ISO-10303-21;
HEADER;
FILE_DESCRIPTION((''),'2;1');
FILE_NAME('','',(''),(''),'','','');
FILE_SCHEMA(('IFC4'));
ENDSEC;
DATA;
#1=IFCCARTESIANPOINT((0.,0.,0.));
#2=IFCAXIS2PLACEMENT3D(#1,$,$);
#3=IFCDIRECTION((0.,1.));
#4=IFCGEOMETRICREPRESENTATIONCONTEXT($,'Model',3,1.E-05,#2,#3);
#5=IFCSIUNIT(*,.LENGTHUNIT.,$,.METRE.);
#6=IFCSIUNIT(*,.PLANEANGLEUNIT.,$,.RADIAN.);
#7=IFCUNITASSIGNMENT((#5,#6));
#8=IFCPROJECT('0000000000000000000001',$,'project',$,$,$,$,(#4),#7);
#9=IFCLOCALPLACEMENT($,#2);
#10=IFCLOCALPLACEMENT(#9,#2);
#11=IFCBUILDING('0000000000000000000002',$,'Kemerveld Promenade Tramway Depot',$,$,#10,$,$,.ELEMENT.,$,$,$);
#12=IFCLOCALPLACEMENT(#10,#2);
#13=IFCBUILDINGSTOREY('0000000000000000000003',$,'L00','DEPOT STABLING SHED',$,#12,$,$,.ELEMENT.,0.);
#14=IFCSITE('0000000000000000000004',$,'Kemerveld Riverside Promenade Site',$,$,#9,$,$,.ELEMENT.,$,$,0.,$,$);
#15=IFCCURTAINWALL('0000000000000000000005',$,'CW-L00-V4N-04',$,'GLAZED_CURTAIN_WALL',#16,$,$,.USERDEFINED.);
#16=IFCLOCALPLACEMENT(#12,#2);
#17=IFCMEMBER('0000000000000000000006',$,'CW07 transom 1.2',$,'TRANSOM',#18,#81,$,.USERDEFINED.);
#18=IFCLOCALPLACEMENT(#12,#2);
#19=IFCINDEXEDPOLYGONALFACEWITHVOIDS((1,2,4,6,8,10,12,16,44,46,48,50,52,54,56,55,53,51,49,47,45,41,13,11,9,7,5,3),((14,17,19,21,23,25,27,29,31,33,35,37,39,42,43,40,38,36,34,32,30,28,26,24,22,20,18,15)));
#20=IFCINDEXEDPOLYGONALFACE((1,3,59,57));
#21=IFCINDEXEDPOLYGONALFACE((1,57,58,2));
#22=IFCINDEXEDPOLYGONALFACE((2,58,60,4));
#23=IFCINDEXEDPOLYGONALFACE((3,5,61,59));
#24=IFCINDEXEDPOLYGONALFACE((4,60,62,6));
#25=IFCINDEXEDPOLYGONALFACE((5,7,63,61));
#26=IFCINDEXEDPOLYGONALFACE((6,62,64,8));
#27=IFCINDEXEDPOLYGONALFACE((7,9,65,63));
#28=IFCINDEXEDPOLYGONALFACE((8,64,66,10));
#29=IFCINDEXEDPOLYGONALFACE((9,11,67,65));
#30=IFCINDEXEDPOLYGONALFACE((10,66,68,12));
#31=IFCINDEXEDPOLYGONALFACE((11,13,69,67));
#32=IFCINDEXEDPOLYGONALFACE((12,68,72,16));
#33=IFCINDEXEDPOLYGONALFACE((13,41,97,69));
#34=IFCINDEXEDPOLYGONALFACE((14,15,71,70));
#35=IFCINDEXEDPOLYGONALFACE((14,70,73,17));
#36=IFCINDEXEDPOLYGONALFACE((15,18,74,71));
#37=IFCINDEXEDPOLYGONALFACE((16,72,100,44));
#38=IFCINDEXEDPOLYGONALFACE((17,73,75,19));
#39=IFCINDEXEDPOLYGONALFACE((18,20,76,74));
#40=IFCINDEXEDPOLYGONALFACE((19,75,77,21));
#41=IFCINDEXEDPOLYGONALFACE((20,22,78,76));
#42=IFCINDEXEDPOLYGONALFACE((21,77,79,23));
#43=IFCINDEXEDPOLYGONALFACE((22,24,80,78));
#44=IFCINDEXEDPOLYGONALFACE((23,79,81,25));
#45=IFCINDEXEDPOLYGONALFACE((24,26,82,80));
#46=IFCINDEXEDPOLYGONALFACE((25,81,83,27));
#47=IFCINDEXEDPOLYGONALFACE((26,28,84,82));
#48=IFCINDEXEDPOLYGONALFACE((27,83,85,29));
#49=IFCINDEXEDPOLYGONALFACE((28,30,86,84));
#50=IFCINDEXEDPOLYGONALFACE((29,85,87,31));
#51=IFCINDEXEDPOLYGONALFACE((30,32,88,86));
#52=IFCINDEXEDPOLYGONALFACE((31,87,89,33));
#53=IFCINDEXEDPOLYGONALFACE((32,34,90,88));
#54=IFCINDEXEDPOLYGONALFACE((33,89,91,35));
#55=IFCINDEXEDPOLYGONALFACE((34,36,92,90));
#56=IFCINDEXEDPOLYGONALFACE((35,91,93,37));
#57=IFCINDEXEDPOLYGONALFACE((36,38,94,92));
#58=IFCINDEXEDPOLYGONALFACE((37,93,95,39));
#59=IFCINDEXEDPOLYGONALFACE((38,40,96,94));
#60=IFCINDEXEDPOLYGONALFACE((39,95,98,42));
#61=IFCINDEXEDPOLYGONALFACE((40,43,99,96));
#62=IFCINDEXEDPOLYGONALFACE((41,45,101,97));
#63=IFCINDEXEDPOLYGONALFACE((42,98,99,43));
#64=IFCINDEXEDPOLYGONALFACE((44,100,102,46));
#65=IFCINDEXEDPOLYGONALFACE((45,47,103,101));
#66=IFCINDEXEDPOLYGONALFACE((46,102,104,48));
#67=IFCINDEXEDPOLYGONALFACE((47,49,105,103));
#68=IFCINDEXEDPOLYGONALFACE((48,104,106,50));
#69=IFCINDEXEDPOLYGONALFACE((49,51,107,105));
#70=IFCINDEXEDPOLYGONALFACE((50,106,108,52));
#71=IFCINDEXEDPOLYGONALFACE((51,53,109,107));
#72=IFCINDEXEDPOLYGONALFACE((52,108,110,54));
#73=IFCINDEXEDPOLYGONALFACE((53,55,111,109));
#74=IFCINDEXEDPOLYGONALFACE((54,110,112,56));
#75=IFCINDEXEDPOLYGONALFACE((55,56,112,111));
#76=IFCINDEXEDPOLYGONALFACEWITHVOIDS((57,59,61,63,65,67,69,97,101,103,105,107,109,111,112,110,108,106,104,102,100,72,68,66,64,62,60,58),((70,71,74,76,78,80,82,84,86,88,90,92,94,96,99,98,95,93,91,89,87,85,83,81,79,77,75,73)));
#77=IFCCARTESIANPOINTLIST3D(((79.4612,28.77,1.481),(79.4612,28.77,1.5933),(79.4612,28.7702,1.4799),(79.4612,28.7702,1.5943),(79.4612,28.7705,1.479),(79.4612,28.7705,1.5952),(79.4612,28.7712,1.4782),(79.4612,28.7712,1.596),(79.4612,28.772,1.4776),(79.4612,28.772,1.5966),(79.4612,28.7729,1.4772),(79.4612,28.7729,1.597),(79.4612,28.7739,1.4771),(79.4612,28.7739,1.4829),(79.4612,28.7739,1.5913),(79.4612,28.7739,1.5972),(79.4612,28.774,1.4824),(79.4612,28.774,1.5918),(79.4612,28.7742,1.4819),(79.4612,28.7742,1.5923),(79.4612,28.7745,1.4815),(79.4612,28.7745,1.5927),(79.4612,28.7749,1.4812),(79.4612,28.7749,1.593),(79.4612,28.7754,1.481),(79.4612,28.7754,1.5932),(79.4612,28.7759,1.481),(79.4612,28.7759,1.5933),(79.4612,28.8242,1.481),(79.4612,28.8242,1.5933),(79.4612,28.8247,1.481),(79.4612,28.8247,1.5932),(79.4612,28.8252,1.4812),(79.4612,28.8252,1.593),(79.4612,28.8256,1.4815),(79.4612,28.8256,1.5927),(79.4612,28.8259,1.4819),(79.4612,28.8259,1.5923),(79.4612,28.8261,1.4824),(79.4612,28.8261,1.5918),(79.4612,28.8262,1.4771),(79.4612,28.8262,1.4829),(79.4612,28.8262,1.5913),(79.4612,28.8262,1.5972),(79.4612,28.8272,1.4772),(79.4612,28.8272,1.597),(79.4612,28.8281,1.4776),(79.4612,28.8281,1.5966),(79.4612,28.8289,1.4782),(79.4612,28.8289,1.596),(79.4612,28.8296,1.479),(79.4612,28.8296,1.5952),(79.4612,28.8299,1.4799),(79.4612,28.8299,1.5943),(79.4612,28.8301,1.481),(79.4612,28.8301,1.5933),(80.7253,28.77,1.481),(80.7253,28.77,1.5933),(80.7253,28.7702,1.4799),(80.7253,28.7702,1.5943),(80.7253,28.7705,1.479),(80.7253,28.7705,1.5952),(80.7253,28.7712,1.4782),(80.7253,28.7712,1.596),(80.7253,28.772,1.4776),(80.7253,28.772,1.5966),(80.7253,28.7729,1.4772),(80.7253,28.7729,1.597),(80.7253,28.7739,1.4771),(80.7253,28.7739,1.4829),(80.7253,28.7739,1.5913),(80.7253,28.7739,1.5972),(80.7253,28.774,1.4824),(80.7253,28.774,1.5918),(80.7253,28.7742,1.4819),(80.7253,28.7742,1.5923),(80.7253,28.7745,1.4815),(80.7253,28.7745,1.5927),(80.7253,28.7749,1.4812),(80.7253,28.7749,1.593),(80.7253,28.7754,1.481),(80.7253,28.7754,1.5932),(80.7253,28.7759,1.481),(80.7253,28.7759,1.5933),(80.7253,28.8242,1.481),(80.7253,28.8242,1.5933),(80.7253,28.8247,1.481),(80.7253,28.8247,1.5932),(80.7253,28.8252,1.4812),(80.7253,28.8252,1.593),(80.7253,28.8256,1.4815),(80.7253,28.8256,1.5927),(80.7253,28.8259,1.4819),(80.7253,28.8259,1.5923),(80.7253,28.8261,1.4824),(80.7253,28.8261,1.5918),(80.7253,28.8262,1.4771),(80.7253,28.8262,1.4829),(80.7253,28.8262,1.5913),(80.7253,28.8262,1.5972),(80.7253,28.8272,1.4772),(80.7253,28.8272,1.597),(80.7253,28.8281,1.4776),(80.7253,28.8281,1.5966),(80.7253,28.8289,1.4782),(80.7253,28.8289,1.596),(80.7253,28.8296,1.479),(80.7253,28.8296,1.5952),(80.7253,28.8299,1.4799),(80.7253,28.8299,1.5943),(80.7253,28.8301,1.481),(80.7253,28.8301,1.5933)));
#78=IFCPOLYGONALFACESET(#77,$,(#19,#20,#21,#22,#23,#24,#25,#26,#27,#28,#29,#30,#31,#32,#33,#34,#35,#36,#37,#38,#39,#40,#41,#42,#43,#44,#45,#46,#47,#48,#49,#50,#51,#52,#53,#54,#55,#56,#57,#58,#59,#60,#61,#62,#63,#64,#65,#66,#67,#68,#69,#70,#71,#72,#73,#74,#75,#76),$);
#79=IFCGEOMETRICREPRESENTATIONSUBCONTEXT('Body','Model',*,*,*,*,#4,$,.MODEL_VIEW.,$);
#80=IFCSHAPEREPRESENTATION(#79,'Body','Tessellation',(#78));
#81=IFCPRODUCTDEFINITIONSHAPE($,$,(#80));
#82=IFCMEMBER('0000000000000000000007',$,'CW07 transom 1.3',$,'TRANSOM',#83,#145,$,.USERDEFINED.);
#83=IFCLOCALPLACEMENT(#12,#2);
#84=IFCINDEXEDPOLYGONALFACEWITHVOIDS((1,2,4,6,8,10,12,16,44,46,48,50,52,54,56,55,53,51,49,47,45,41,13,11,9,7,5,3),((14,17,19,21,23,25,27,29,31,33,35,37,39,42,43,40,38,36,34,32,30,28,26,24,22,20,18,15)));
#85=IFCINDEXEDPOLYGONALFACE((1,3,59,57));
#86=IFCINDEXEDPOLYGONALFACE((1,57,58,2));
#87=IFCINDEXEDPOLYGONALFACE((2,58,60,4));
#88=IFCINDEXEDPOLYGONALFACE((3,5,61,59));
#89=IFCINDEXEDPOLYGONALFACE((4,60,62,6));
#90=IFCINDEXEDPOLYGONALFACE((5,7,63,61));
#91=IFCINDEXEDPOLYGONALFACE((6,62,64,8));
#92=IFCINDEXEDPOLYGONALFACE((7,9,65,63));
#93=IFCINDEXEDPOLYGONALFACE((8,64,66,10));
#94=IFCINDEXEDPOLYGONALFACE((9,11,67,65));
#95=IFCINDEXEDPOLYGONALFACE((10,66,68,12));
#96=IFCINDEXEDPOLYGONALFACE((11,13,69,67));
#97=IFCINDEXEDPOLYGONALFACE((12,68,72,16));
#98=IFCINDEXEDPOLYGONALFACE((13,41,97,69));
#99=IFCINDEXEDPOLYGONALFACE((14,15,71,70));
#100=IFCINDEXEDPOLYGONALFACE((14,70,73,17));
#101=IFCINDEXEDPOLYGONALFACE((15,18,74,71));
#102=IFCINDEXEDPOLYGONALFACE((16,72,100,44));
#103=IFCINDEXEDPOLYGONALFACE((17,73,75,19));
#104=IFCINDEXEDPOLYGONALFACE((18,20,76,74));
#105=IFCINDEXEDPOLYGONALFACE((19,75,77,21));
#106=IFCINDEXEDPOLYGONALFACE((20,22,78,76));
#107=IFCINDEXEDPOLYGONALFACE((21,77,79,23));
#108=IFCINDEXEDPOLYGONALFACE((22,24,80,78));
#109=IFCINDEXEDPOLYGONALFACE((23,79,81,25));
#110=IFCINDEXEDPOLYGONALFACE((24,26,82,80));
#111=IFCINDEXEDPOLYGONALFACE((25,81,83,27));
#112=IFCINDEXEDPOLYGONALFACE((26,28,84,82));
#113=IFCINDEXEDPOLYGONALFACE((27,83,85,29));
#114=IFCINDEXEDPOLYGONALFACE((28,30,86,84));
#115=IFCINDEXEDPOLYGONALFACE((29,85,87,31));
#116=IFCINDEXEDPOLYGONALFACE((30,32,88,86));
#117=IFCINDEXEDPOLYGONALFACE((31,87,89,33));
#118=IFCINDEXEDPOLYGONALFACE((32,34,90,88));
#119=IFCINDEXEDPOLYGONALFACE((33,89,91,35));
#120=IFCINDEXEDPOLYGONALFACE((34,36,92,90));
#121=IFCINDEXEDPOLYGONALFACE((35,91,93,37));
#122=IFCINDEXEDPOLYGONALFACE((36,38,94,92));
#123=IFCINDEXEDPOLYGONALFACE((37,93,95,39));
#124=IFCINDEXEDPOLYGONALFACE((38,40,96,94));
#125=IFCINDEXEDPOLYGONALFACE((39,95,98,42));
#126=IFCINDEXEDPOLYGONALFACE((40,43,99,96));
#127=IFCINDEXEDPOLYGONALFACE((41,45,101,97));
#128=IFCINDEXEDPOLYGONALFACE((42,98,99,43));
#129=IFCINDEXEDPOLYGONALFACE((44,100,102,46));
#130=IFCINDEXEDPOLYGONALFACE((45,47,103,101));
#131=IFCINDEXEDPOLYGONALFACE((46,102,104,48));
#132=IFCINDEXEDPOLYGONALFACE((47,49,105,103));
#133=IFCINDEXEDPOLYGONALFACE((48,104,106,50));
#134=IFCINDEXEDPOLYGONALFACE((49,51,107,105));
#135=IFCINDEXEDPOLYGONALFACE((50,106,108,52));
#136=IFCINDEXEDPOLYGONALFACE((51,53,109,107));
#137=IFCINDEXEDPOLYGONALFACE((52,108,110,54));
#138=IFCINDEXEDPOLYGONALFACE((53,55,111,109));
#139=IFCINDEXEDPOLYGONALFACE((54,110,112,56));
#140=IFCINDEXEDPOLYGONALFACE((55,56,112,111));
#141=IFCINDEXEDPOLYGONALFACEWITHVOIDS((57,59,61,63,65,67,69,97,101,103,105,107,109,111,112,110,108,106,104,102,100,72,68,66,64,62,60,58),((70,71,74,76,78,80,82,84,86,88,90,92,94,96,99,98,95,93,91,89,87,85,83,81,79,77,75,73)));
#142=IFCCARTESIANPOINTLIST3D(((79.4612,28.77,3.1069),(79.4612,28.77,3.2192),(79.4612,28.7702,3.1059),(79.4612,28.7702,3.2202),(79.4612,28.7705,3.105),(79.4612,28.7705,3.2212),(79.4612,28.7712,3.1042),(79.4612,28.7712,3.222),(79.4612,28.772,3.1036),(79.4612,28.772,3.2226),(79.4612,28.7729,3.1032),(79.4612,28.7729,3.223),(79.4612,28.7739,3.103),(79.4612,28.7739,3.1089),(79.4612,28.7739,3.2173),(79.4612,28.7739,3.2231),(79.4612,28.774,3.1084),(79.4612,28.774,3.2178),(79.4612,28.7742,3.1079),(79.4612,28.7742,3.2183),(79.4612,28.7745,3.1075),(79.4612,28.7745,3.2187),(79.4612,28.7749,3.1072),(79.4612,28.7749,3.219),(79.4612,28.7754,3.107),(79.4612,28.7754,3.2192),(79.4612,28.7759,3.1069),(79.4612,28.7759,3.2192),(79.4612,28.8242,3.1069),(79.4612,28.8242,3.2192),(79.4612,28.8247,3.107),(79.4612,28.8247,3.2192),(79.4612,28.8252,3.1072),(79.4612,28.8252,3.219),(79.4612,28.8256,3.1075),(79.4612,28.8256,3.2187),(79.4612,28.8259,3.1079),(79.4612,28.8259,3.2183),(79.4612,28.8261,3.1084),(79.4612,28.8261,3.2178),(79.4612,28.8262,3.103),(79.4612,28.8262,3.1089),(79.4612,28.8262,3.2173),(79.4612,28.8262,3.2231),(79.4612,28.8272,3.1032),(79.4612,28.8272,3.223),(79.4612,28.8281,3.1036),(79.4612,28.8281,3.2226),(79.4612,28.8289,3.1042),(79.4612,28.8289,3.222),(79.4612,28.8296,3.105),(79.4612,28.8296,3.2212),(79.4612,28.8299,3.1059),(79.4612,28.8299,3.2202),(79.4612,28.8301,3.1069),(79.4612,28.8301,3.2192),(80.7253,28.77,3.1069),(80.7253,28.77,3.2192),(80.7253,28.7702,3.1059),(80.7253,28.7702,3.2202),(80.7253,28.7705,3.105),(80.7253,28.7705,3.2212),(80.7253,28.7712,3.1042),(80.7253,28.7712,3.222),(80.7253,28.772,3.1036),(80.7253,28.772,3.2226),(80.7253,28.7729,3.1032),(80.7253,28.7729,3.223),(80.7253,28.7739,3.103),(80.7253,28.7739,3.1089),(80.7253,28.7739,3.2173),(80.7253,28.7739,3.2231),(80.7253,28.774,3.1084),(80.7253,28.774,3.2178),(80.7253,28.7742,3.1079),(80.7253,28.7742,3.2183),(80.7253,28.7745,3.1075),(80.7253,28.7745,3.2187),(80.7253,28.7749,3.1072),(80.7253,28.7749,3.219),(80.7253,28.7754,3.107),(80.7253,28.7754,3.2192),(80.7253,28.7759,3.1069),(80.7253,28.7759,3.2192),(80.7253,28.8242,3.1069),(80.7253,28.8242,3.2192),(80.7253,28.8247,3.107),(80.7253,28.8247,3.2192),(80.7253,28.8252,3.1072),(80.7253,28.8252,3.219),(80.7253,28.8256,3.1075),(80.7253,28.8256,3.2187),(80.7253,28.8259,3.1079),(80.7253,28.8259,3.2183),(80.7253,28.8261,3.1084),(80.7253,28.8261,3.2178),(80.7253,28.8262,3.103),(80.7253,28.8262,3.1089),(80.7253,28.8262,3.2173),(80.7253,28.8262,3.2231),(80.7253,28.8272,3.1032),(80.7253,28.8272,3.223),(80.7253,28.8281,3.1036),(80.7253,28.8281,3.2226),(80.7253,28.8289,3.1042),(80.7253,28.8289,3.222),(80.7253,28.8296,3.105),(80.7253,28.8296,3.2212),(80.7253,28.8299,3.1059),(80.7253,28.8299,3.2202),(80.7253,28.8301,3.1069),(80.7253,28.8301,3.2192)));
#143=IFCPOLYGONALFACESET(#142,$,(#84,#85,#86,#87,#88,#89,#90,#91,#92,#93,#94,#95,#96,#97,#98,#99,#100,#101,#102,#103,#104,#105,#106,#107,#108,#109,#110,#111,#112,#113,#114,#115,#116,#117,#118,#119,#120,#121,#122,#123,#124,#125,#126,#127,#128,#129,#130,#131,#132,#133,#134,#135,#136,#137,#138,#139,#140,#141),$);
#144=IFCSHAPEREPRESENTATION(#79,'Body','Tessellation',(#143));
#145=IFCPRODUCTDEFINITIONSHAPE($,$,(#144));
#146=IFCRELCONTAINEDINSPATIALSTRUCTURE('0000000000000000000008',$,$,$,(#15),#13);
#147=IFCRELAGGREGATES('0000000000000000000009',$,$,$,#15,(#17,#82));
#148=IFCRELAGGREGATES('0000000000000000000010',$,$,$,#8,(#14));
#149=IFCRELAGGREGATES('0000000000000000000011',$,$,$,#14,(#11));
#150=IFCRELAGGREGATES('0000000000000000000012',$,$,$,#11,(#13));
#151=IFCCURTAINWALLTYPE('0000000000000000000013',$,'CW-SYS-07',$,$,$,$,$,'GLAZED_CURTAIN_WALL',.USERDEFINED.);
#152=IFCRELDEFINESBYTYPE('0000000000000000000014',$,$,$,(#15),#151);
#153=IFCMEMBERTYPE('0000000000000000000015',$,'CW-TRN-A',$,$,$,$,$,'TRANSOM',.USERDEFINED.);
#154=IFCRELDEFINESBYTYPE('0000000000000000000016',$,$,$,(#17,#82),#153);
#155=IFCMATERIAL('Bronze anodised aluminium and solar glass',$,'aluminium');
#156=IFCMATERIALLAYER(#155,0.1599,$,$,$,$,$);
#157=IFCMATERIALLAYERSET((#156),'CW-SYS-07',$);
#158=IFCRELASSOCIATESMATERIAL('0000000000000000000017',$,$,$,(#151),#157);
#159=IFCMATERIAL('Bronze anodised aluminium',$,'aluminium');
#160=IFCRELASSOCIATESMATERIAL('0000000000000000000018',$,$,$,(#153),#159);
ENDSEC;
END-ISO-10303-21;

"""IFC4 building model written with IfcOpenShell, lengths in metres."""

from ifc_helpers import new_model, si_unit, direction, frame, origin, origin_2d, place, context, subcontext, project, spatial, hollow_rectangle, extrude, material, layer, layer_set, material_profile, profile_set, type_object, element, aggregate, save


model = new_model("IFC4")

# Units and contexts
model_context = context("Model", 3, precision=1e-05, world=origin(), true_north=direction((0.0, 1.0)))
body_context = subcontext(model_context, "Body", "Model", "MODEL_VIEW")
ifc_project = project(units=[si_unit("LENGTHUNIT", "METRE"), si_unit("PLANEANGLEUNIT", "RADIAN")], contexts=[model_context])

# Site, building, storey
site_placement = place(None, origin())
site = spatial("IfcSite", under=ifc_project, at=site_placement, Name="Kemerveld Riverside Promenade Site", CompositionType="ELEMENT", RefElevation=0.0)
building_placement = place(site_placement, origin())
building = spatial("IfcBuilding", under=site, at=building_placement, Name="Kemerveld Promenade Tramway Depot", CompositionType="ELEMENT")
storey_placement = place(building_placement, origin())
storey = spatial("IfcBuildingStorey", under=building, at=storey_placement, Name="L00", Description="DEPOT STABLING SHED", CompositionType="ELEMENT", Elevation=0.0)

# Curtain wall, members
ifc_material_1 = material(Name="Bronze anodised aluminium and solar glass", Category="aluminium")
ifc_layer_1 = layer(ifc_material_1, 0.1599)
ifc_layer_set_1 = layer_set([ifc_layer_1], Name="CW-SYS-07")
curtain_wall_type = type_object("IfcCurtainWallType", Name="CW-SYS-07", ElementType="GLAZED_CURTAIN_WALL", PredefinedType="USERDEFINED", material=ifc_layer_set_1)
curtain_wall_placement = place(storey_placement, origin())
curtain_wall = element("IfcCurtainWall", 1, at=curtain_wall_placement, inside=storey, type_object=curtain_wall_type, Name="CW-L00-V4N-04", ObjectType="GLAZED_CURTAIN_WALL", PredefinedType="USERDEFINED")
ifc_material_2 = material(Name="Bronze anodised aluminium", Category="aluminium")
ifc_material_profile_1 = material_profile(ifc_material_2, hollow_rectangle(XDim=0.0601, YDim=0.1201, WallThickness=0.0039, InnerFilletRadius=0.002, OuterFilletRadius=0.0039, at=origin_2d()), Name="CW-TRN-120x60")
ifc_profile_set_1 = profile_set([ifc_material_profile_1], Name="Bronze anodised aluminium")
member_type_1 = type_object("IfcMemberType", Name="CW-TRN-A", ElementType="TRANSOM", PredefinedType="USERDEFINED", material=ifc_profile_set_1)
member_1_placement = place(storey_placement, frame((79.4612, 28.8, 1.5371), z_axis=(1.0, 0.0, 0.0), x_axis=(0.0, 1.0, 0.0)))
member_1 = element("IfcMember", 2, at=member_1_placement, type_object=member_type_1, Name="CW07 transom 1.2", ObjectType="TRANSOM", PredefinedType="USERDEFINED", context=body_context, shape_type="SweptSolid", body=[
    extrude(hollow_rectangle(XDim=0.0601, YDim=0.1201, WallThickness=0.0039, InnerFilletRadius=0.002, OuterFilletRadius=0.0039, at=origin_2d()), origin(), (0.0, 0.0, 1.0), 1.2642),
])
member_2_placement = place(storey_placement, frame((79.4612, 28.8, 3.1631), z_axis=(1.0, 0.0, 0.0), x_axis=(0.0, 1.0, 0.0)))
member_2 = element("IfcMember", 3, at=member_2_placement, type_object=member_type_1, Name="CW07 transom 1.3", ObjectType="TRANSOM", PredefinedType="USERDEFINED", context=body_context, shape_type="SweptSolid", body=[
    extrude(hollow_rectangle(XDim=0.0601, YDim=0.1201, WallThickness=0.0039, InnerFilletRadius=0.002, OuterFilletRadius=0.0039, at=origin_2d()), origin(), (0.0, 0.0, 1.0), 1.2642),
])
aggregate(curtain_wall, [member_1, member_2])

save(model, "model.ifc")
